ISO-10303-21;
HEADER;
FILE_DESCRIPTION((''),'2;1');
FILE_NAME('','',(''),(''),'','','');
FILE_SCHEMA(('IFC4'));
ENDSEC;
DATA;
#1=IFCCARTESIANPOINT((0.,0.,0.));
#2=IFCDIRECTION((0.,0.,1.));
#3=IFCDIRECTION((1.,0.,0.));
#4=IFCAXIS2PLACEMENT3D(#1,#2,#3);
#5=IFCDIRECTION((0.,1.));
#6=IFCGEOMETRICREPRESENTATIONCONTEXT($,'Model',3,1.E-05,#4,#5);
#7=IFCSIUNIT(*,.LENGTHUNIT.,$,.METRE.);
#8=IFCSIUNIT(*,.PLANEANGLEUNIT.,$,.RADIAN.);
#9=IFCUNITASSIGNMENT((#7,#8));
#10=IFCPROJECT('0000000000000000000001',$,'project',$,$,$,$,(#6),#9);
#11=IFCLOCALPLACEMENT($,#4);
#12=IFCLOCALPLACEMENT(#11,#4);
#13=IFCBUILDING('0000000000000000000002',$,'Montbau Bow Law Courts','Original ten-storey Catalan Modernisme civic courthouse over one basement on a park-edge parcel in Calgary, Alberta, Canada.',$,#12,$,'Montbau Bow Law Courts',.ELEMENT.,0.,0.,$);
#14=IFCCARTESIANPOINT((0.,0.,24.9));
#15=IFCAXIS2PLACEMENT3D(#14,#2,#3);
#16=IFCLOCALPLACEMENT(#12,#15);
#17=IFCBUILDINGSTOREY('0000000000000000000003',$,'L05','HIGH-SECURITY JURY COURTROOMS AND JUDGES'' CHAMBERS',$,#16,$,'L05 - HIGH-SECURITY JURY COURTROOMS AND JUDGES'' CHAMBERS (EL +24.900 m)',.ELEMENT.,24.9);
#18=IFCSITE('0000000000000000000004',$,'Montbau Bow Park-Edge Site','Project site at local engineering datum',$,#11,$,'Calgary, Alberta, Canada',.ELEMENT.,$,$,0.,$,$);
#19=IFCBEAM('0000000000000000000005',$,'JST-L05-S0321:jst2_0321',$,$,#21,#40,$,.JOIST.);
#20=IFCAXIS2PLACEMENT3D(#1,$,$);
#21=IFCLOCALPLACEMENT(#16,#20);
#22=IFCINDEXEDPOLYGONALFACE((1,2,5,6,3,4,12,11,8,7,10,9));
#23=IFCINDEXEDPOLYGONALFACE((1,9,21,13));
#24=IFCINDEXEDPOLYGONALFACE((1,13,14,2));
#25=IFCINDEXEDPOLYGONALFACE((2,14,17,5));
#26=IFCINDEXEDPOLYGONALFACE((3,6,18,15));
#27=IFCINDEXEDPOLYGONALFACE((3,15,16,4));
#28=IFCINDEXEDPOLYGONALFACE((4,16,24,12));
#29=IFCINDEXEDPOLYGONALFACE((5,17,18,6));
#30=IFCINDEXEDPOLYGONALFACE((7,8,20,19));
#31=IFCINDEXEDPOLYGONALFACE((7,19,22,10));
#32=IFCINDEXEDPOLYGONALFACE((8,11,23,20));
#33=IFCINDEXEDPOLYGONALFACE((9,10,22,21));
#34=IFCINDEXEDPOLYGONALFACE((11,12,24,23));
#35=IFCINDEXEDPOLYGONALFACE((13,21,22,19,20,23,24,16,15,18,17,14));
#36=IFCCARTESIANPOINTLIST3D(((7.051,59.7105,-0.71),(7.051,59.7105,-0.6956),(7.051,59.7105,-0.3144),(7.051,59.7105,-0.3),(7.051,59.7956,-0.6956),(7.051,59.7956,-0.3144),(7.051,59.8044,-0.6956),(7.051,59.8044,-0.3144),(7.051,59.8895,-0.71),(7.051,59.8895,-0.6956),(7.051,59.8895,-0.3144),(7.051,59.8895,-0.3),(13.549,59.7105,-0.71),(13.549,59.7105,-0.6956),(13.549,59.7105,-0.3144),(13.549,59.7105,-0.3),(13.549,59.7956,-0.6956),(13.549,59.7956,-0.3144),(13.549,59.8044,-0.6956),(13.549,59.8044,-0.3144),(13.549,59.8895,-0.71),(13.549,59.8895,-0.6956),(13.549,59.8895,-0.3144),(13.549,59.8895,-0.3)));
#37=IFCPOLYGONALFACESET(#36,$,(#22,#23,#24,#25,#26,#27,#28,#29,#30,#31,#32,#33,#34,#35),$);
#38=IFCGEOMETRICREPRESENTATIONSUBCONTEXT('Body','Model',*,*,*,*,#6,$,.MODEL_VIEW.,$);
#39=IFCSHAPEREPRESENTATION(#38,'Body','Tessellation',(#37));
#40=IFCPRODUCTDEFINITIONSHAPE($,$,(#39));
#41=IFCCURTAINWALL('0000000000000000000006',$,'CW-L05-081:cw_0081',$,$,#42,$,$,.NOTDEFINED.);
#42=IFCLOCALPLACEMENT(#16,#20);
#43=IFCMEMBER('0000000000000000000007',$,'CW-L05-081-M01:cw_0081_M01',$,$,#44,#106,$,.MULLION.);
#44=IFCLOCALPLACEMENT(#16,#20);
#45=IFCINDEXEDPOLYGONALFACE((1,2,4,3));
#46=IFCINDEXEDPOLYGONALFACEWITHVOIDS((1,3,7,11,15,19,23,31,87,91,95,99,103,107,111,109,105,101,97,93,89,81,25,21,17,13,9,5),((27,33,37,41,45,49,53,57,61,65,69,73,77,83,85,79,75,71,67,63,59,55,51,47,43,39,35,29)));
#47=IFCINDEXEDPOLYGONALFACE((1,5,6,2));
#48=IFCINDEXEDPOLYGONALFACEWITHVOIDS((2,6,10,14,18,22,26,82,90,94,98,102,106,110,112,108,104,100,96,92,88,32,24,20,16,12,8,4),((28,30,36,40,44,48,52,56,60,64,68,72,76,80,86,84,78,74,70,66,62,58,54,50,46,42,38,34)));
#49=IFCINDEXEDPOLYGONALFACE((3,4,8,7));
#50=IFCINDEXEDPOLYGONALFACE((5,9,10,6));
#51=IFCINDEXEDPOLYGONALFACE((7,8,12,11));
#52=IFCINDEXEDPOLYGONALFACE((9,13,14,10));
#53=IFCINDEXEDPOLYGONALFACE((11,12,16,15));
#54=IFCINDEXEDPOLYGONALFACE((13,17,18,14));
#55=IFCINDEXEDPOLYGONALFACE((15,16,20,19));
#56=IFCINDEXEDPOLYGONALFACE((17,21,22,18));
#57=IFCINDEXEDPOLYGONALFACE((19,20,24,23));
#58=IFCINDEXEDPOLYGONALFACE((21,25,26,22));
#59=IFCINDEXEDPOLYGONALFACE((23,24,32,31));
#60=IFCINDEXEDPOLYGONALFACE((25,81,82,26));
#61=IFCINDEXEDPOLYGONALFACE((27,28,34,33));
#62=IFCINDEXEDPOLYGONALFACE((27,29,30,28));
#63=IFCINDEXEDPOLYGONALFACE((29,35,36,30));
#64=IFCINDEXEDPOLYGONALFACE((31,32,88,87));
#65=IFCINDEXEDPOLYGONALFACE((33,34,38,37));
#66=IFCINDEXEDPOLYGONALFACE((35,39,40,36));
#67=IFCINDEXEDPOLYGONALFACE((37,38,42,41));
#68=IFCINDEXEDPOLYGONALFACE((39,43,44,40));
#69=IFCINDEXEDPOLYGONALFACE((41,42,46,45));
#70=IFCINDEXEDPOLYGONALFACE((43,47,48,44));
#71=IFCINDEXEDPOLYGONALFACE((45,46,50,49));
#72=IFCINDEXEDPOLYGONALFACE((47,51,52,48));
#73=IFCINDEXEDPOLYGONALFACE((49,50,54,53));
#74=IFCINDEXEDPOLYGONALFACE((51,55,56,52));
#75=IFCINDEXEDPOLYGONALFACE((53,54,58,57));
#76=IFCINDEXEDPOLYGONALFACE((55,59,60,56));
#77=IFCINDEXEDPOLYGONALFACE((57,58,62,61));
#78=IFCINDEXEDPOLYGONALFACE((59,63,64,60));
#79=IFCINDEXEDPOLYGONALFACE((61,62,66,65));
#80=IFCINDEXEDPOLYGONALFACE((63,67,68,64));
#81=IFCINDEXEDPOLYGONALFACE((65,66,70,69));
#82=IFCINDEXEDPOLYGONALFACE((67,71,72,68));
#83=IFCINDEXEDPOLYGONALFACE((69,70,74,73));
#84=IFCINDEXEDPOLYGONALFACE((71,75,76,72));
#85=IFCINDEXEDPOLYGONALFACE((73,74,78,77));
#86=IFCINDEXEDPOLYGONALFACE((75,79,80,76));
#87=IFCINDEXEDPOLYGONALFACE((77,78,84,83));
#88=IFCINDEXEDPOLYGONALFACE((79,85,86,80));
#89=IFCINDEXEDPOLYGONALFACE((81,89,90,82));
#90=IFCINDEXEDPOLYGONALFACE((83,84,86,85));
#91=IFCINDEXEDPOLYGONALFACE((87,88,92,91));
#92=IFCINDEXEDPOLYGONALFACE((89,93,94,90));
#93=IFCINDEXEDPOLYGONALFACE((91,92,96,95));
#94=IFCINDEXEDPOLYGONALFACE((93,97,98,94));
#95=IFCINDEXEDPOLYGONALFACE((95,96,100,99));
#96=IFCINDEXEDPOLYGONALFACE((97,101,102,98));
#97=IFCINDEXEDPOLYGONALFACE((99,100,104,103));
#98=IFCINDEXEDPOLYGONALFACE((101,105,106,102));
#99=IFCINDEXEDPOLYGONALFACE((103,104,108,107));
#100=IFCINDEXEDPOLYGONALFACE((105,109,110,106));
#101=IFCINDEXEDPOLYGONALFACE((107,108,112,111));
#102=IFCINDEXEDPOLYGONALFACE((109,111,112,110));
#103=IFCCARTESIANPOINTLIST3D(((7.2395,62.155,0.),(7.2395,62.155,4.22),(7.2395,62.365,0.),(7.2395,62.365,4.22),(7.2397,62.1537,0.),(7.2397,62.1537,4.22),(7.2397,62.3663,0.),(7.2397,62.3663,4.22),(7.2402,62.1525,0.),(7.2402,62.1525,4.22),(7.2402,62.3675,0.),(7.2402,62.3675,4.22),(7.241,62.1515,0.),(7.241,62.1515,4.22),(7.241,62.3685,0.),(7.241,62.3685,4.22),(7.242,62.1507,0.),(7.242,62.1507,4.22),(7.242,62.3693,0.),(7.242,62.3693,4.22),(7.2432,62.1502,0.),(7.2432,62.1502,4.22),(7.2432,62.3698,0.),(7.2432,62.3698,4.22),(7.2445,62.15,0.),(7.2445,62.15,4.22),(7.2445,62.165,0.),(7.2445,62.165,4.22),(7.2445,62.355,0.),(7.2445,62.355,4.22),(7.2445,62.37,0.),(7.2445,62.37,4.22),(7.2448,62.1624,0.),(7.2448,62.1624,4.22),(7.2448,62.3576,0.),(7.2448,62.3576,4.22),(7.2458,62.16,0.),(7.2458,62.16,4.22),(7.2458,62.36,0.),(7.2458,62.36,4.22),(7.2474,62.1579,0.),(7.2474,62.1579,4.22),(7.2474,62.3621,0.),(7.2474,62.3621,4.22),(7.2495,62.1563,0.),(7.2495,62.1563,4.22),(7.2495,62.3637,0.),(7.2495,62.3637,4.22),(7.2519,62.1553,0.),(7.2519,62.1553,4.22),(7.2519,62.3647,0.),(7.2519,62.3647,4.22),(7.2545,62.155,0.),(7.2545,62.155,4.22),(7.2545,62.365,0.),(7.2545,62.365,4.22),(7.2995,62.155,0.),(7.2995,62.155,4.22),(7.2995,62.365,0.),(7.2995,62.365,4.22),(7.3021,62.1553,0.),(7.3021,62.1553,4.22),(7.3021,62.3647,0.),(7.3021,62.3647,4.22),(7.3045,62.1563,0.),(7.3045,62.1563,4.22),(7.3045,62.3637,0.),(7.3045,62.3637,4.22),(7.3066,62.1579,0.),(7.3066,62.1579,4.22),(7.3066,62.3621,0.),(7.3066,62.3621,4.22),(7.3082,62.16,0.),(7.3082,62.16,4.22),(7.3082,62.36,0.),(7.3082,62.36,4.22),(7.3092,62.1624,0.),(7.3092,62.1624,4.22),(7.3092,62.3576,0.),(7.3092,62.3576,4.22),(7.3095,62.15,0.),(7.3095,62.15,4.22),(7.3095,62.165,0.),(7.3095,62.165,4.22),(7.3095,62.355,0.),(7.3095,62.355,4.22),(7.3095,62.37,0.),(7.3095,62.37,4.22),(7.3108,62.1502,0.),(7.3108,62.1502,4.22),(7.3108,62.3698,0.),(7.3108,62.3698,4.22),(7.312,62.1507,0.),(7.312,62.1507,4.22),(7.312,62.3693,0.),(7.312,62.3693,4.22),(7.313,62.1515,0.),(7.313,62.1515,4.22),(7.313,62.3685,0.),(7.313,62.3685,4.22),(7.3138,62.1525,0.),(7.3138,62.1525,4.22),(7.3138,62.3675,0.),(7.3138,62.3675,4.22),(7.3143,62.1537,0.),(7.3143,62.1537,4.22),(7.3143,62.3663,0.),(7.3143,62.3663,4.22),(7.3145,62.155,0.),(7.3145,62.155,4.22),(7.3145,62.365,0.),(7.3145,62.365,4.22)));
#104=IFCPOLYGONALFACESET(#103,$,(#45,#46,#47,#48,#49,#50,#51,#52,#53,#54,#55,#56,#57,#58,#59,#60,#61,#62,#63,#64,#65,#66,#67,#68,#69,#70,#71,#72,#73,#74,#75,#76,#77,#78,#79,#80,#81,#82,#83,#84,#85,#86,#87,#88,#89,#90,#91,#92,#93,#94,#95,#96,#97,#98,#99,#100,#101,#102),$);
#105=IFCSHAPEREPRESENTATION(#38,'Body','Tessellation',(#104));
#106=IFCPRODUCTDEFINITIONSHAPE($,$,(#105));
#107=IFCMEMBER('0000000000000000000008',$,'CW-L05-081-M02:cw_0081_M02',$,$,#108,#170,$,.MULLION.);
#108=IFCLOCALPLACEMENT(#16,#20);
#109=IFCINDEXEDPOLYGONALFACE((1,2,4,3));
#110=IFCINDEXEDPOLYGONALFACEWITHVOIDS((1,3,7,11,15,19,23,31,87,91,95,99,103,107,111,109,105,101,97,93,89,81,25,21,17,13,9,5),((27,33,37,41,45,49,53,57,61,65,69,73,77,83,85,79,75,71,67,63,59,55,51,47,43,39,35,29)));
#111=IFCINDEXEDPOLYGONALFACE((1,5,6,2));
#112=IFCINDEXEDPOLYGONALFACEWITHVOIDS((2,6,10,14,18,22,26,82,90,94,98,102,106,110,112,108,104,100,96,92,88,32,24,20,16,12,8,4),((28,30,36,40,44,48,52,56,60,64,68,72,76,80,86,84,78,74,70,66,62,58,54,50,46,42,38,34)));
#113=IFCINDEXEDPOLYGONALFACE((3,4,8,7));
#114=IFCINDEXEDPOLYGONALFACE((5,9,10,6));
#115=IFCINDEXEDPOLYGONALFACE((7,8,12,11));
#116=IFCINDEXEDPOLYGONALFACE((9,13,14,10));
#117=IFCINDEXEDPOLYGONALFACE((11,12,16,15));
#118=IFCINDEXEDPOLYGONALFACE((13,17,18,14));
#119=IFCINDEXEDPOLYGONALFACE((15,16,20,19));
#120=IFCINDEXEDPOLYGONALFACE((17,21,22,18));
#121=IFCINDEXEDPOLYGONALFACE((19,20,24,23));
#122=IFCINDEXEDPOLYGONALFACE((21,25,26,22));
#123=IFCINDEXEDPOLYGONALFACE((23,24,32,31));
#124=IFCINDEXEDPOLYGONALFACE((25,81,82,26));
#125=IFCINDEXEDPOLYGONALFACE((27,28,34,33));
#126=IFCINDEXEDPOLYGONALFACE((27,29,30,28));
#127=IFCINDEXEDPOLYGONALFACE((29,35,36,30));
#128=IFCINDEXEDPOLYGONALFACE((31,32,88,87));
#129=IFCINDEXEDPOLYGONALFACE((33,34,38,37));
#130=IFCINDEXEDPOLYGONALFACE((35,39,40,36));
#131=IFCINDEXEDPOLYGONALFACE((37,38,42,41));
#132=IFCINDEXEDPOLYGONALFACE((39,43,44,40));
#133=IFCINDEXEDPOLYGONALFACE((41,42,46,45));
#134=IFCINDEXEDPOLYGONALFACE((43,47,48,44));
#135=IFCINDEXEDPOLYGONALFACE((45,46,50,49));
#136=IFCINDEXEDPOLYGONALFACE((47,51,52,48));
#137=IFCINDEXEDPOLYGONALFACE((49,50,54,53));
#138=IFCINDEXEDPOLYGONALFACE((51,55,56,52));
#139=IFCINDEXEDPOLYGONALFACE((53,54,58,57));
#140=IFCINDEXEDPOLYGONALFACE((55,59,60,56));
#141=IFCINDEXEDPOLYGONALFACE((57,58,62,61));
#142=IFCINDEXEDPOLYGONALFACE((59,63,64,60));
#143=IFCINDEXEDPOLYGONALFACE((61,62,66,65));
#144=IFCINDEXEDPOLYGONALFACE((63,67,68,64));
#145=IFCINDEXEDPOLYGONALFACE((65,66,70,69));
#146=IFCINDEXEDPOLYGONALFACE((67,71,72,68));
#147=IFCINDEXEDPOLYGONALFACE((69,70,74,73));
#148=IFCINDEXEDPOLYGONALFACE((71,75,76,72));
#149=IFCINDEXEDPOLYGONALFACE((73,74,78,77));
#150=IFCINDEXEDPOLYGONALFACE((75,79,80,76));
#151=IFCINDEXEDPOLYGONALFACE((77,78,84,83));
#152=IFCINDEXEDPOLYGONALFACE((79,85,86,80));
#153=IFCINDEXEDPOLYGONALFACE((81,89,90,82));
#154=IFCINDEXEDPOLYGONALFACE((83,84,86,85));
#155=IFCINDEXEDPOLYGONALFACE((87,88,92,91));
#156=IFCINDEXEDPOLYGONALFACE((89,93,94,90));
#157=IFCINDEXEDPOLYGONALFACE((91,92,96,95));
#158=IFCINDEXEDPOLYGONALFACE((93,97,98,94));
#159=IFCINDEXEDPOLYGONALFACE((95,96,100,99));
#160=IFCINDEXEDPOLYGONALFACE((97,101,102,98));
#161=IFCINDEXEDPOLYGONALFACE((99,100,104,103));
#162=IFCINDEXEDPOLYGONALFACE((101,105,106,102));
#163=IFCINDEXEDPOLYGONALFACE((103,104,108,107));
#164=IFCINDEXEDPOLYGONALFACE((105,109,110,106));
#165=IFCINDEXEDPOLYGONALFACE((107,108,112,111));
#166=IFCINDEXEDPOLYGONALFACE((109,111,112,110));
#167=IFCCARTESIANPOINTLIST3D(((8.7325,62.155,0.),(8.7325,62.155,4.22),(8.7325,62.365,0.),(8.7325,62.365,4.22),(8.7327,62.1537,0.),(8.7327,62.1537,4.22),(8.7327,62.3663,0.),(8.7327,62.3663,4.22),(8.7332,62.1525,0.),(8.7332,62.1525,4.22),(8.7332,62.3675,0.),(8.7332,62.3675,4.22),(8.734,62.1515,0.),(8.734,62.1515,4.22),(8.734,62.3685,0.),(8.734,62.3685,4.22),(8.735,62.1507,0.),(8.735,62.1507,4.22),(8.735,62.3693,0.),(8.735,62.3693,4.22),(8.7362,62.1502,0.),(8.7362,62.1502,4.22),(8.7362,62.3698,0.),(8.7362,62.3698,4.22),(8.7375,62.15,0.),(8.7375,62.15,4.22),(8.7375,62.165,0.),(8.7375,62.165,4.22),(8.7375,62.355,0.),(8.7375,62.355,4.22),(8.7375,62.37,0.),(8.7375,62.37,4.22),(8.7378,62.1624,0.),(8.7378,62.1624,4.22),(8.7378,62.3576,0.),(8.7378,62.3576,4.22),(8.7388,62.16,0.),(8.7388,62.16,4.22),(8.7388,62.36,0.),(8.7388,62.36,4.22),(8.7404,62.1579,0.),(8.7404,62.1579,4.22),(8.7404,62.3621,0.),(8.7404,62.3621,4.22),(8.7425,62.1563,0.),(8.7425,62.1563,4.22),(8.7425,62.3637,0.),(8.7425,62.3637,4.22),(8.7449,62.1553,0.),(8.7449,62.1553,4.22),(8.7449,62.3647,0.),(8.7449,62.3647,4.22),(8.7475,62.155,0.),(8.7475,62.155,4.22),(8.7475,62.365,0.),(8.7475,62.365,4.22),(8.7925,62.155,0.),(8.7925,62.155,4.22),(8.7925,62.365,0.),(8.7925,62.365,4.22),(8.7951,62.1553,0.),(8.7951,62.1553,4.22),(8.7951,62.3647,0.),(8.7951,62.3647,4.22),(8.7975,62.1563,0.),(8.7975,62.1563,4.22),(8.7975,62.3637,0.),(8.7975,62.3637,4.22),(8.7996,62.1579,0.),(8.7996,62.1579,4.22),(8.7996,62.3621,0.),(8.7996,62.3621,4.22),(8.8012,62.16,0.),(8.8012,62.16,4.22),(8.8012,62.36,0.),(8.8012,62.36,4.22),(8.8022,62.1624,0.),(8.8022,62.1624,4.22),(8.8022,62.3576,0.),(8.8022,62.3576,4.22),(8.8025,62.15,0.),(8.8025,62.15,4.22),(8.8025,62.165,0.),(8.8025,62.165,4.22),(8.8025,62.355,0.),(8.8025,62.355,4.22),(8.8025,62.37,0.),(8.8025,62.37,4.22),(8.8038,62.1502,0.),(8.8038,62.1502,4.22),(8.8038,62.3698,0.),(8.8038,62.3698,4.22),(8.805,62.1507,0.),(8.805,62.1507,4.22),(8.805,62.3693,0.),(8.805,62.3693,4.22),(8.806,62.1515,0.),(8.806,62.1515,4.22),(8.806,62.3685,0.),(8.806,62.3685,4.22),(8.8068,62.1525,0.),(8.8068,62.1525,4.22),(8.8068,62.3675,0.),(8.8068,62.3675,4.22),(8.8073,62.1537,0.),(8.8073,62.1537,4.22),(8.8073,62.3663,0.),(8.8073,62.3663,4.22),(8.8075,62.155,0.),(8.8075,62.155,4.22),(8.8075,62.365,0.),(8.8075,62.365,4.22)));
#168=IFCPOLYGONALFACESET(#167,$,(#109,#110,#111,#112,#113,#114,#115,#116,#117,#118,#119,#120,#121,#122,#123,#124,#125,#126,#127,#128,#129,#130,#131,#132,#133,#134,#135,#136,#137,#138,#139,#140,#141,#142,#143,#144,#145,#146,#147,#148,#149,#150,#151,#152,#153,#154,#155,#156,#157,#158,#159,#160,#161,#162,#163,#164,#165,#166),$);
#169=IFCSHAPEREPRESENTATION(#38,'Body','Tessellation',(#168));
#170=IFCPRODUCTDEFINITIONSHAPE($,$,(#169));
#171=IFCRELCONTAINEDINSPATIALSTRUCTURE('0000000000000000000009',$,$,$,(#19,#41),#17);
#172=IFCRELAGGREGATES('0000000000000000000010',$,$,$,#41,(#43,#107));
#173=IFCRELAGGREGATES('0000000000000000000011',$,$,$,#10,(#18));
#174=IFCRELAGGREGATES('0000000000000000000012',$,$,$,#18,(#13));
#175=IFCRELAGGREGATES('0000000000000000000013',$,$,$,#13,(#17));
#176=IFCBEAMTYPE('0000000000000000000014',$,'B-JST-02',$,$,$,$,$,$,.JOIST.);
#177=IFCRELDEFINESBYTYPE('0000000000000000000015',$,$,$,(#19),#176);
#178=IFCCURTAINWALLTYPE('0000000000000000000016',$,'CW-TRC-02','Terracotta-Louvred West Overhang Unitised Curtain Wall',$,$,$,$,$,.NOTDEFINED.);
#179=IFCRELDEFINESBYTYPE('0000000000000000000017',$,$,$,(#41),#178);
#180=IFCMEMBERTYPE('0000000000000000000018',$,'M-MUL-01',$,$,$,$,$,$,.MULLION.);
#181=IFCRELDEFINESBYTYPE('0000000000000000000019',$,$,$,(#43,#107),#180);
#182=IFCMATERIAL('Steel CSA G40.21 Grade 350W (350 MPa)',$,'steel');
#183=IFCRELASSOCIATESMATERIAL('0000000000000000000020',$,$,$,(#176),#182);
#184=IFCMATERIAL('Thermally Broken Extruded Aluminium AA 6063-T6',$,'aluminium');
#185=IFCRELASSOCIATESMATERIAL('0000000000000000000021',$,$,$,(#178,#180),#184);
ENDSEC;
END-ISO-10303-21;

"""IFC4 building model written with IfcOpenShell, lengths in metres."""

from ifc_helpers import new_model, si_unit, direction, frame, origin_with_axes, origin_2d_with_axis, place, context, subcontext, project, spatial, hollow_rectangle, i_section, extrude, material, material_profile, profile_set, type_object, element, aggregate, save


model = new_model("IFC4")

# Units and contexts
model_context = context("Model", 3, precision=1e-05, world=origin_with_axes(), true_north=direction((0.0, 1.0)))
body_context = subcontext(model_context, "Body", "Model", "MODEL_VIEW")
ifc_project = project(units=[si_unit("LENGTHUNIT", "METRE"), si_unit("PLANEANGLEUNIT", "RADIAN")], contexts=[model_context])

# Site, building, storey
site_placement = place(None, origin_with_axes())
site = spatial("IfcSite", under=ifc_project, at=site_placement, Name="Montbau Bow Park-Edge Site", Description="Project site at local engineering datum", LongName="Calgary, Alberta, Canada", CompositionType="ELEMENT", RefElevation=0.0)
building_placement = place(site_placement, origin_with_axes())
building = spatial("IfcBuilding", under=site, at=building_placement, Name="Montbau Bow Law Courts", Description="Original ten-storey Catalan Modernisme civic courthouse over one basement on a park-edge parcel in Calgary, Alberta, Canada.", LongName="Montbau Bow Law Courts", CompositionType="ELEMENT", ElevationOfRefHeight=0.0, ElevationOfTerrain=0.0)
storey_placement = place(building_placement, frame((0.0, 0.0, 24.9), z_axis=(0.0, 0.0, 1.0), x_axis=(1.0, 0.0, 0.0)))
storey = spatial("IfcBuildingStorey", under=building, at=storey_placement, Name="L05", Description="HIGH-SECURITY JURY COURTROOMS AND JUDGES' CHAMBERS", LongName="L05 - HIGH-SECURITY JURY COURTROOMS AND JUDGES' CHAMBERS (EL +24.900 m)", CompositionType="ELEMENT", Elevation=24.9)

# Beam
ifc_material_1 = material(Name="Steel CSA G40.21 Grade 350W (350 MPa)", Category="steel")
ifc_material_profile_1 = material_profile(ifc_material_1, i_section(OverallWidth=0.179, OverallDepth=0.41, WebThickness=0.0088, FlangeThickness=0.0144, at=origin_2d_with_axis()), Name="W410X67", Category="Main", Priority=0)
ifc_profile_set_1 = profile_set([ifc_material_profile_1], Name="Steel CSA G40.21 Grade 350W (350 MPa)")
beam_type = type_object("IfcBeamType", Name="B-JST-02", PredefinedType="JOIST", material=ifc_profile_set_1)
beam_placement = place(None, frame((7.051, 59.8, 24.395), z_axis=(1.0, 0.0, 0.0), x_axis=(0.0, 1.0, 0.0)))
element("IfcBeam", 1, at=beam_placement, inside=storey, type_object=beam_type, Name="JST-L05-S0321:jst2_0321", PredefinedType="JOIST", context=body_context, shape_type="SweptSolid", body=[
    extrude(i_section(OverallWidth=0.179, OverallDepth=0.41, WebThickness=0.0088, FlangeThickness=0.0144, at=origin_2d_with_axis()), origin_with_axes(), (0.0, 0.0, 1.0), 6.498),
])

# Curtain wall, members
ifc_material_2 = material(Name="Thermally Broken Extruded Aluminium AA 6063-T6", Category="aluminium")
curtain_wall_type = type_object("IfcCurtainWallType", Name="CW-TRC-02", Description="Terracotta-Louvred West Overhang Unitised Curtain Wall", PredefinedType="NOTDEFINED", material=ifc_material_2)
curtain_wall_1_placement = place(None, frame((7.24, 62.26, 24.9), z_axis=(0.0, 0.0, 1.0), x_axis=(1.0, 0.0, 0.0)))
curtain_wall_1 = element("IfcCurtainWall", 2, at=curtain_wall_1_placement, inside=storey, type_object=curtain_wall_type, Name="CW-L05-081:cw_0081", PredefinedType="NOTDEFINED")
ifc_material_profile_2 = material_profile(ifc_material_2, hollow_rectangle(XDim=0.075, YDim=0.22, WallThickness=0.005, InnerFilletRadius=0.01, OuterFilletRadius=0.005, at=origin_2d_with_axis()), Name="CWM-220X75", Category="Main", Priority=0)
ifc_profile_set_2 = profile_set([ifc_material_profile_2], Name="Thermally Broken Extruded Aluminium AA 6063-T6")
member_type_1 = type_object("IfcMemberType", Name="M-MUL-01", PredefinedType="MULLION", material=ifc_profile_set_2)
member_1_placement = place(None, frame((7.277, 62.26, 24.9), z_axis=(0.0, 0.0, 1.0), x_axis=(1.0, 0.0, 0.0)))
member_1 = element("IfcMember", 3, at=member_1_placement, type_object=member_type_1, Name="CW-L05-081-M01:cw_0081_M01", PredefinedType="MULLION", context=body_context, shape_type="SweptSolid", body=[
    extrude(hollow_rectangle(XDim=0.075, YDim=0.22, WallThickness=0.005, InnerFilletRadius=0.01, OuterFilletRadius=0.005, at=origin_2d_with_axis()), origin_with_axes(), (0.0, 0.0, 1.0), 4.22),
])
member_2_placement = place(None, frame((8.77, 62.26, 24.9), z_axis=(0.0, 0.0, 1.0), x_axis=(1.0, 0.0, 0.0)))
member_2 = element("IfcMember", 4, at=member_2_placement, type_object=member_type_1, Name="CW-L05-081-M02:cw_0081_M02", PredefinedType="MULLION", context=body_context, shape_type="SweptSolid", body=[
    extrude(hollow_rectangle(XDim=0.075, YDim=0.22, WallThickness=0.005, InnerFilletRadius=0.01, OuterFilletRadius=0.005, at=origin_2d_with_axis()), origin_with_axes(), (0.0, 0.0, 1.0), 4.22),
])
aggregate(curtain_wall_1, [member_1, member_2])

save(model, "model.ifc")
